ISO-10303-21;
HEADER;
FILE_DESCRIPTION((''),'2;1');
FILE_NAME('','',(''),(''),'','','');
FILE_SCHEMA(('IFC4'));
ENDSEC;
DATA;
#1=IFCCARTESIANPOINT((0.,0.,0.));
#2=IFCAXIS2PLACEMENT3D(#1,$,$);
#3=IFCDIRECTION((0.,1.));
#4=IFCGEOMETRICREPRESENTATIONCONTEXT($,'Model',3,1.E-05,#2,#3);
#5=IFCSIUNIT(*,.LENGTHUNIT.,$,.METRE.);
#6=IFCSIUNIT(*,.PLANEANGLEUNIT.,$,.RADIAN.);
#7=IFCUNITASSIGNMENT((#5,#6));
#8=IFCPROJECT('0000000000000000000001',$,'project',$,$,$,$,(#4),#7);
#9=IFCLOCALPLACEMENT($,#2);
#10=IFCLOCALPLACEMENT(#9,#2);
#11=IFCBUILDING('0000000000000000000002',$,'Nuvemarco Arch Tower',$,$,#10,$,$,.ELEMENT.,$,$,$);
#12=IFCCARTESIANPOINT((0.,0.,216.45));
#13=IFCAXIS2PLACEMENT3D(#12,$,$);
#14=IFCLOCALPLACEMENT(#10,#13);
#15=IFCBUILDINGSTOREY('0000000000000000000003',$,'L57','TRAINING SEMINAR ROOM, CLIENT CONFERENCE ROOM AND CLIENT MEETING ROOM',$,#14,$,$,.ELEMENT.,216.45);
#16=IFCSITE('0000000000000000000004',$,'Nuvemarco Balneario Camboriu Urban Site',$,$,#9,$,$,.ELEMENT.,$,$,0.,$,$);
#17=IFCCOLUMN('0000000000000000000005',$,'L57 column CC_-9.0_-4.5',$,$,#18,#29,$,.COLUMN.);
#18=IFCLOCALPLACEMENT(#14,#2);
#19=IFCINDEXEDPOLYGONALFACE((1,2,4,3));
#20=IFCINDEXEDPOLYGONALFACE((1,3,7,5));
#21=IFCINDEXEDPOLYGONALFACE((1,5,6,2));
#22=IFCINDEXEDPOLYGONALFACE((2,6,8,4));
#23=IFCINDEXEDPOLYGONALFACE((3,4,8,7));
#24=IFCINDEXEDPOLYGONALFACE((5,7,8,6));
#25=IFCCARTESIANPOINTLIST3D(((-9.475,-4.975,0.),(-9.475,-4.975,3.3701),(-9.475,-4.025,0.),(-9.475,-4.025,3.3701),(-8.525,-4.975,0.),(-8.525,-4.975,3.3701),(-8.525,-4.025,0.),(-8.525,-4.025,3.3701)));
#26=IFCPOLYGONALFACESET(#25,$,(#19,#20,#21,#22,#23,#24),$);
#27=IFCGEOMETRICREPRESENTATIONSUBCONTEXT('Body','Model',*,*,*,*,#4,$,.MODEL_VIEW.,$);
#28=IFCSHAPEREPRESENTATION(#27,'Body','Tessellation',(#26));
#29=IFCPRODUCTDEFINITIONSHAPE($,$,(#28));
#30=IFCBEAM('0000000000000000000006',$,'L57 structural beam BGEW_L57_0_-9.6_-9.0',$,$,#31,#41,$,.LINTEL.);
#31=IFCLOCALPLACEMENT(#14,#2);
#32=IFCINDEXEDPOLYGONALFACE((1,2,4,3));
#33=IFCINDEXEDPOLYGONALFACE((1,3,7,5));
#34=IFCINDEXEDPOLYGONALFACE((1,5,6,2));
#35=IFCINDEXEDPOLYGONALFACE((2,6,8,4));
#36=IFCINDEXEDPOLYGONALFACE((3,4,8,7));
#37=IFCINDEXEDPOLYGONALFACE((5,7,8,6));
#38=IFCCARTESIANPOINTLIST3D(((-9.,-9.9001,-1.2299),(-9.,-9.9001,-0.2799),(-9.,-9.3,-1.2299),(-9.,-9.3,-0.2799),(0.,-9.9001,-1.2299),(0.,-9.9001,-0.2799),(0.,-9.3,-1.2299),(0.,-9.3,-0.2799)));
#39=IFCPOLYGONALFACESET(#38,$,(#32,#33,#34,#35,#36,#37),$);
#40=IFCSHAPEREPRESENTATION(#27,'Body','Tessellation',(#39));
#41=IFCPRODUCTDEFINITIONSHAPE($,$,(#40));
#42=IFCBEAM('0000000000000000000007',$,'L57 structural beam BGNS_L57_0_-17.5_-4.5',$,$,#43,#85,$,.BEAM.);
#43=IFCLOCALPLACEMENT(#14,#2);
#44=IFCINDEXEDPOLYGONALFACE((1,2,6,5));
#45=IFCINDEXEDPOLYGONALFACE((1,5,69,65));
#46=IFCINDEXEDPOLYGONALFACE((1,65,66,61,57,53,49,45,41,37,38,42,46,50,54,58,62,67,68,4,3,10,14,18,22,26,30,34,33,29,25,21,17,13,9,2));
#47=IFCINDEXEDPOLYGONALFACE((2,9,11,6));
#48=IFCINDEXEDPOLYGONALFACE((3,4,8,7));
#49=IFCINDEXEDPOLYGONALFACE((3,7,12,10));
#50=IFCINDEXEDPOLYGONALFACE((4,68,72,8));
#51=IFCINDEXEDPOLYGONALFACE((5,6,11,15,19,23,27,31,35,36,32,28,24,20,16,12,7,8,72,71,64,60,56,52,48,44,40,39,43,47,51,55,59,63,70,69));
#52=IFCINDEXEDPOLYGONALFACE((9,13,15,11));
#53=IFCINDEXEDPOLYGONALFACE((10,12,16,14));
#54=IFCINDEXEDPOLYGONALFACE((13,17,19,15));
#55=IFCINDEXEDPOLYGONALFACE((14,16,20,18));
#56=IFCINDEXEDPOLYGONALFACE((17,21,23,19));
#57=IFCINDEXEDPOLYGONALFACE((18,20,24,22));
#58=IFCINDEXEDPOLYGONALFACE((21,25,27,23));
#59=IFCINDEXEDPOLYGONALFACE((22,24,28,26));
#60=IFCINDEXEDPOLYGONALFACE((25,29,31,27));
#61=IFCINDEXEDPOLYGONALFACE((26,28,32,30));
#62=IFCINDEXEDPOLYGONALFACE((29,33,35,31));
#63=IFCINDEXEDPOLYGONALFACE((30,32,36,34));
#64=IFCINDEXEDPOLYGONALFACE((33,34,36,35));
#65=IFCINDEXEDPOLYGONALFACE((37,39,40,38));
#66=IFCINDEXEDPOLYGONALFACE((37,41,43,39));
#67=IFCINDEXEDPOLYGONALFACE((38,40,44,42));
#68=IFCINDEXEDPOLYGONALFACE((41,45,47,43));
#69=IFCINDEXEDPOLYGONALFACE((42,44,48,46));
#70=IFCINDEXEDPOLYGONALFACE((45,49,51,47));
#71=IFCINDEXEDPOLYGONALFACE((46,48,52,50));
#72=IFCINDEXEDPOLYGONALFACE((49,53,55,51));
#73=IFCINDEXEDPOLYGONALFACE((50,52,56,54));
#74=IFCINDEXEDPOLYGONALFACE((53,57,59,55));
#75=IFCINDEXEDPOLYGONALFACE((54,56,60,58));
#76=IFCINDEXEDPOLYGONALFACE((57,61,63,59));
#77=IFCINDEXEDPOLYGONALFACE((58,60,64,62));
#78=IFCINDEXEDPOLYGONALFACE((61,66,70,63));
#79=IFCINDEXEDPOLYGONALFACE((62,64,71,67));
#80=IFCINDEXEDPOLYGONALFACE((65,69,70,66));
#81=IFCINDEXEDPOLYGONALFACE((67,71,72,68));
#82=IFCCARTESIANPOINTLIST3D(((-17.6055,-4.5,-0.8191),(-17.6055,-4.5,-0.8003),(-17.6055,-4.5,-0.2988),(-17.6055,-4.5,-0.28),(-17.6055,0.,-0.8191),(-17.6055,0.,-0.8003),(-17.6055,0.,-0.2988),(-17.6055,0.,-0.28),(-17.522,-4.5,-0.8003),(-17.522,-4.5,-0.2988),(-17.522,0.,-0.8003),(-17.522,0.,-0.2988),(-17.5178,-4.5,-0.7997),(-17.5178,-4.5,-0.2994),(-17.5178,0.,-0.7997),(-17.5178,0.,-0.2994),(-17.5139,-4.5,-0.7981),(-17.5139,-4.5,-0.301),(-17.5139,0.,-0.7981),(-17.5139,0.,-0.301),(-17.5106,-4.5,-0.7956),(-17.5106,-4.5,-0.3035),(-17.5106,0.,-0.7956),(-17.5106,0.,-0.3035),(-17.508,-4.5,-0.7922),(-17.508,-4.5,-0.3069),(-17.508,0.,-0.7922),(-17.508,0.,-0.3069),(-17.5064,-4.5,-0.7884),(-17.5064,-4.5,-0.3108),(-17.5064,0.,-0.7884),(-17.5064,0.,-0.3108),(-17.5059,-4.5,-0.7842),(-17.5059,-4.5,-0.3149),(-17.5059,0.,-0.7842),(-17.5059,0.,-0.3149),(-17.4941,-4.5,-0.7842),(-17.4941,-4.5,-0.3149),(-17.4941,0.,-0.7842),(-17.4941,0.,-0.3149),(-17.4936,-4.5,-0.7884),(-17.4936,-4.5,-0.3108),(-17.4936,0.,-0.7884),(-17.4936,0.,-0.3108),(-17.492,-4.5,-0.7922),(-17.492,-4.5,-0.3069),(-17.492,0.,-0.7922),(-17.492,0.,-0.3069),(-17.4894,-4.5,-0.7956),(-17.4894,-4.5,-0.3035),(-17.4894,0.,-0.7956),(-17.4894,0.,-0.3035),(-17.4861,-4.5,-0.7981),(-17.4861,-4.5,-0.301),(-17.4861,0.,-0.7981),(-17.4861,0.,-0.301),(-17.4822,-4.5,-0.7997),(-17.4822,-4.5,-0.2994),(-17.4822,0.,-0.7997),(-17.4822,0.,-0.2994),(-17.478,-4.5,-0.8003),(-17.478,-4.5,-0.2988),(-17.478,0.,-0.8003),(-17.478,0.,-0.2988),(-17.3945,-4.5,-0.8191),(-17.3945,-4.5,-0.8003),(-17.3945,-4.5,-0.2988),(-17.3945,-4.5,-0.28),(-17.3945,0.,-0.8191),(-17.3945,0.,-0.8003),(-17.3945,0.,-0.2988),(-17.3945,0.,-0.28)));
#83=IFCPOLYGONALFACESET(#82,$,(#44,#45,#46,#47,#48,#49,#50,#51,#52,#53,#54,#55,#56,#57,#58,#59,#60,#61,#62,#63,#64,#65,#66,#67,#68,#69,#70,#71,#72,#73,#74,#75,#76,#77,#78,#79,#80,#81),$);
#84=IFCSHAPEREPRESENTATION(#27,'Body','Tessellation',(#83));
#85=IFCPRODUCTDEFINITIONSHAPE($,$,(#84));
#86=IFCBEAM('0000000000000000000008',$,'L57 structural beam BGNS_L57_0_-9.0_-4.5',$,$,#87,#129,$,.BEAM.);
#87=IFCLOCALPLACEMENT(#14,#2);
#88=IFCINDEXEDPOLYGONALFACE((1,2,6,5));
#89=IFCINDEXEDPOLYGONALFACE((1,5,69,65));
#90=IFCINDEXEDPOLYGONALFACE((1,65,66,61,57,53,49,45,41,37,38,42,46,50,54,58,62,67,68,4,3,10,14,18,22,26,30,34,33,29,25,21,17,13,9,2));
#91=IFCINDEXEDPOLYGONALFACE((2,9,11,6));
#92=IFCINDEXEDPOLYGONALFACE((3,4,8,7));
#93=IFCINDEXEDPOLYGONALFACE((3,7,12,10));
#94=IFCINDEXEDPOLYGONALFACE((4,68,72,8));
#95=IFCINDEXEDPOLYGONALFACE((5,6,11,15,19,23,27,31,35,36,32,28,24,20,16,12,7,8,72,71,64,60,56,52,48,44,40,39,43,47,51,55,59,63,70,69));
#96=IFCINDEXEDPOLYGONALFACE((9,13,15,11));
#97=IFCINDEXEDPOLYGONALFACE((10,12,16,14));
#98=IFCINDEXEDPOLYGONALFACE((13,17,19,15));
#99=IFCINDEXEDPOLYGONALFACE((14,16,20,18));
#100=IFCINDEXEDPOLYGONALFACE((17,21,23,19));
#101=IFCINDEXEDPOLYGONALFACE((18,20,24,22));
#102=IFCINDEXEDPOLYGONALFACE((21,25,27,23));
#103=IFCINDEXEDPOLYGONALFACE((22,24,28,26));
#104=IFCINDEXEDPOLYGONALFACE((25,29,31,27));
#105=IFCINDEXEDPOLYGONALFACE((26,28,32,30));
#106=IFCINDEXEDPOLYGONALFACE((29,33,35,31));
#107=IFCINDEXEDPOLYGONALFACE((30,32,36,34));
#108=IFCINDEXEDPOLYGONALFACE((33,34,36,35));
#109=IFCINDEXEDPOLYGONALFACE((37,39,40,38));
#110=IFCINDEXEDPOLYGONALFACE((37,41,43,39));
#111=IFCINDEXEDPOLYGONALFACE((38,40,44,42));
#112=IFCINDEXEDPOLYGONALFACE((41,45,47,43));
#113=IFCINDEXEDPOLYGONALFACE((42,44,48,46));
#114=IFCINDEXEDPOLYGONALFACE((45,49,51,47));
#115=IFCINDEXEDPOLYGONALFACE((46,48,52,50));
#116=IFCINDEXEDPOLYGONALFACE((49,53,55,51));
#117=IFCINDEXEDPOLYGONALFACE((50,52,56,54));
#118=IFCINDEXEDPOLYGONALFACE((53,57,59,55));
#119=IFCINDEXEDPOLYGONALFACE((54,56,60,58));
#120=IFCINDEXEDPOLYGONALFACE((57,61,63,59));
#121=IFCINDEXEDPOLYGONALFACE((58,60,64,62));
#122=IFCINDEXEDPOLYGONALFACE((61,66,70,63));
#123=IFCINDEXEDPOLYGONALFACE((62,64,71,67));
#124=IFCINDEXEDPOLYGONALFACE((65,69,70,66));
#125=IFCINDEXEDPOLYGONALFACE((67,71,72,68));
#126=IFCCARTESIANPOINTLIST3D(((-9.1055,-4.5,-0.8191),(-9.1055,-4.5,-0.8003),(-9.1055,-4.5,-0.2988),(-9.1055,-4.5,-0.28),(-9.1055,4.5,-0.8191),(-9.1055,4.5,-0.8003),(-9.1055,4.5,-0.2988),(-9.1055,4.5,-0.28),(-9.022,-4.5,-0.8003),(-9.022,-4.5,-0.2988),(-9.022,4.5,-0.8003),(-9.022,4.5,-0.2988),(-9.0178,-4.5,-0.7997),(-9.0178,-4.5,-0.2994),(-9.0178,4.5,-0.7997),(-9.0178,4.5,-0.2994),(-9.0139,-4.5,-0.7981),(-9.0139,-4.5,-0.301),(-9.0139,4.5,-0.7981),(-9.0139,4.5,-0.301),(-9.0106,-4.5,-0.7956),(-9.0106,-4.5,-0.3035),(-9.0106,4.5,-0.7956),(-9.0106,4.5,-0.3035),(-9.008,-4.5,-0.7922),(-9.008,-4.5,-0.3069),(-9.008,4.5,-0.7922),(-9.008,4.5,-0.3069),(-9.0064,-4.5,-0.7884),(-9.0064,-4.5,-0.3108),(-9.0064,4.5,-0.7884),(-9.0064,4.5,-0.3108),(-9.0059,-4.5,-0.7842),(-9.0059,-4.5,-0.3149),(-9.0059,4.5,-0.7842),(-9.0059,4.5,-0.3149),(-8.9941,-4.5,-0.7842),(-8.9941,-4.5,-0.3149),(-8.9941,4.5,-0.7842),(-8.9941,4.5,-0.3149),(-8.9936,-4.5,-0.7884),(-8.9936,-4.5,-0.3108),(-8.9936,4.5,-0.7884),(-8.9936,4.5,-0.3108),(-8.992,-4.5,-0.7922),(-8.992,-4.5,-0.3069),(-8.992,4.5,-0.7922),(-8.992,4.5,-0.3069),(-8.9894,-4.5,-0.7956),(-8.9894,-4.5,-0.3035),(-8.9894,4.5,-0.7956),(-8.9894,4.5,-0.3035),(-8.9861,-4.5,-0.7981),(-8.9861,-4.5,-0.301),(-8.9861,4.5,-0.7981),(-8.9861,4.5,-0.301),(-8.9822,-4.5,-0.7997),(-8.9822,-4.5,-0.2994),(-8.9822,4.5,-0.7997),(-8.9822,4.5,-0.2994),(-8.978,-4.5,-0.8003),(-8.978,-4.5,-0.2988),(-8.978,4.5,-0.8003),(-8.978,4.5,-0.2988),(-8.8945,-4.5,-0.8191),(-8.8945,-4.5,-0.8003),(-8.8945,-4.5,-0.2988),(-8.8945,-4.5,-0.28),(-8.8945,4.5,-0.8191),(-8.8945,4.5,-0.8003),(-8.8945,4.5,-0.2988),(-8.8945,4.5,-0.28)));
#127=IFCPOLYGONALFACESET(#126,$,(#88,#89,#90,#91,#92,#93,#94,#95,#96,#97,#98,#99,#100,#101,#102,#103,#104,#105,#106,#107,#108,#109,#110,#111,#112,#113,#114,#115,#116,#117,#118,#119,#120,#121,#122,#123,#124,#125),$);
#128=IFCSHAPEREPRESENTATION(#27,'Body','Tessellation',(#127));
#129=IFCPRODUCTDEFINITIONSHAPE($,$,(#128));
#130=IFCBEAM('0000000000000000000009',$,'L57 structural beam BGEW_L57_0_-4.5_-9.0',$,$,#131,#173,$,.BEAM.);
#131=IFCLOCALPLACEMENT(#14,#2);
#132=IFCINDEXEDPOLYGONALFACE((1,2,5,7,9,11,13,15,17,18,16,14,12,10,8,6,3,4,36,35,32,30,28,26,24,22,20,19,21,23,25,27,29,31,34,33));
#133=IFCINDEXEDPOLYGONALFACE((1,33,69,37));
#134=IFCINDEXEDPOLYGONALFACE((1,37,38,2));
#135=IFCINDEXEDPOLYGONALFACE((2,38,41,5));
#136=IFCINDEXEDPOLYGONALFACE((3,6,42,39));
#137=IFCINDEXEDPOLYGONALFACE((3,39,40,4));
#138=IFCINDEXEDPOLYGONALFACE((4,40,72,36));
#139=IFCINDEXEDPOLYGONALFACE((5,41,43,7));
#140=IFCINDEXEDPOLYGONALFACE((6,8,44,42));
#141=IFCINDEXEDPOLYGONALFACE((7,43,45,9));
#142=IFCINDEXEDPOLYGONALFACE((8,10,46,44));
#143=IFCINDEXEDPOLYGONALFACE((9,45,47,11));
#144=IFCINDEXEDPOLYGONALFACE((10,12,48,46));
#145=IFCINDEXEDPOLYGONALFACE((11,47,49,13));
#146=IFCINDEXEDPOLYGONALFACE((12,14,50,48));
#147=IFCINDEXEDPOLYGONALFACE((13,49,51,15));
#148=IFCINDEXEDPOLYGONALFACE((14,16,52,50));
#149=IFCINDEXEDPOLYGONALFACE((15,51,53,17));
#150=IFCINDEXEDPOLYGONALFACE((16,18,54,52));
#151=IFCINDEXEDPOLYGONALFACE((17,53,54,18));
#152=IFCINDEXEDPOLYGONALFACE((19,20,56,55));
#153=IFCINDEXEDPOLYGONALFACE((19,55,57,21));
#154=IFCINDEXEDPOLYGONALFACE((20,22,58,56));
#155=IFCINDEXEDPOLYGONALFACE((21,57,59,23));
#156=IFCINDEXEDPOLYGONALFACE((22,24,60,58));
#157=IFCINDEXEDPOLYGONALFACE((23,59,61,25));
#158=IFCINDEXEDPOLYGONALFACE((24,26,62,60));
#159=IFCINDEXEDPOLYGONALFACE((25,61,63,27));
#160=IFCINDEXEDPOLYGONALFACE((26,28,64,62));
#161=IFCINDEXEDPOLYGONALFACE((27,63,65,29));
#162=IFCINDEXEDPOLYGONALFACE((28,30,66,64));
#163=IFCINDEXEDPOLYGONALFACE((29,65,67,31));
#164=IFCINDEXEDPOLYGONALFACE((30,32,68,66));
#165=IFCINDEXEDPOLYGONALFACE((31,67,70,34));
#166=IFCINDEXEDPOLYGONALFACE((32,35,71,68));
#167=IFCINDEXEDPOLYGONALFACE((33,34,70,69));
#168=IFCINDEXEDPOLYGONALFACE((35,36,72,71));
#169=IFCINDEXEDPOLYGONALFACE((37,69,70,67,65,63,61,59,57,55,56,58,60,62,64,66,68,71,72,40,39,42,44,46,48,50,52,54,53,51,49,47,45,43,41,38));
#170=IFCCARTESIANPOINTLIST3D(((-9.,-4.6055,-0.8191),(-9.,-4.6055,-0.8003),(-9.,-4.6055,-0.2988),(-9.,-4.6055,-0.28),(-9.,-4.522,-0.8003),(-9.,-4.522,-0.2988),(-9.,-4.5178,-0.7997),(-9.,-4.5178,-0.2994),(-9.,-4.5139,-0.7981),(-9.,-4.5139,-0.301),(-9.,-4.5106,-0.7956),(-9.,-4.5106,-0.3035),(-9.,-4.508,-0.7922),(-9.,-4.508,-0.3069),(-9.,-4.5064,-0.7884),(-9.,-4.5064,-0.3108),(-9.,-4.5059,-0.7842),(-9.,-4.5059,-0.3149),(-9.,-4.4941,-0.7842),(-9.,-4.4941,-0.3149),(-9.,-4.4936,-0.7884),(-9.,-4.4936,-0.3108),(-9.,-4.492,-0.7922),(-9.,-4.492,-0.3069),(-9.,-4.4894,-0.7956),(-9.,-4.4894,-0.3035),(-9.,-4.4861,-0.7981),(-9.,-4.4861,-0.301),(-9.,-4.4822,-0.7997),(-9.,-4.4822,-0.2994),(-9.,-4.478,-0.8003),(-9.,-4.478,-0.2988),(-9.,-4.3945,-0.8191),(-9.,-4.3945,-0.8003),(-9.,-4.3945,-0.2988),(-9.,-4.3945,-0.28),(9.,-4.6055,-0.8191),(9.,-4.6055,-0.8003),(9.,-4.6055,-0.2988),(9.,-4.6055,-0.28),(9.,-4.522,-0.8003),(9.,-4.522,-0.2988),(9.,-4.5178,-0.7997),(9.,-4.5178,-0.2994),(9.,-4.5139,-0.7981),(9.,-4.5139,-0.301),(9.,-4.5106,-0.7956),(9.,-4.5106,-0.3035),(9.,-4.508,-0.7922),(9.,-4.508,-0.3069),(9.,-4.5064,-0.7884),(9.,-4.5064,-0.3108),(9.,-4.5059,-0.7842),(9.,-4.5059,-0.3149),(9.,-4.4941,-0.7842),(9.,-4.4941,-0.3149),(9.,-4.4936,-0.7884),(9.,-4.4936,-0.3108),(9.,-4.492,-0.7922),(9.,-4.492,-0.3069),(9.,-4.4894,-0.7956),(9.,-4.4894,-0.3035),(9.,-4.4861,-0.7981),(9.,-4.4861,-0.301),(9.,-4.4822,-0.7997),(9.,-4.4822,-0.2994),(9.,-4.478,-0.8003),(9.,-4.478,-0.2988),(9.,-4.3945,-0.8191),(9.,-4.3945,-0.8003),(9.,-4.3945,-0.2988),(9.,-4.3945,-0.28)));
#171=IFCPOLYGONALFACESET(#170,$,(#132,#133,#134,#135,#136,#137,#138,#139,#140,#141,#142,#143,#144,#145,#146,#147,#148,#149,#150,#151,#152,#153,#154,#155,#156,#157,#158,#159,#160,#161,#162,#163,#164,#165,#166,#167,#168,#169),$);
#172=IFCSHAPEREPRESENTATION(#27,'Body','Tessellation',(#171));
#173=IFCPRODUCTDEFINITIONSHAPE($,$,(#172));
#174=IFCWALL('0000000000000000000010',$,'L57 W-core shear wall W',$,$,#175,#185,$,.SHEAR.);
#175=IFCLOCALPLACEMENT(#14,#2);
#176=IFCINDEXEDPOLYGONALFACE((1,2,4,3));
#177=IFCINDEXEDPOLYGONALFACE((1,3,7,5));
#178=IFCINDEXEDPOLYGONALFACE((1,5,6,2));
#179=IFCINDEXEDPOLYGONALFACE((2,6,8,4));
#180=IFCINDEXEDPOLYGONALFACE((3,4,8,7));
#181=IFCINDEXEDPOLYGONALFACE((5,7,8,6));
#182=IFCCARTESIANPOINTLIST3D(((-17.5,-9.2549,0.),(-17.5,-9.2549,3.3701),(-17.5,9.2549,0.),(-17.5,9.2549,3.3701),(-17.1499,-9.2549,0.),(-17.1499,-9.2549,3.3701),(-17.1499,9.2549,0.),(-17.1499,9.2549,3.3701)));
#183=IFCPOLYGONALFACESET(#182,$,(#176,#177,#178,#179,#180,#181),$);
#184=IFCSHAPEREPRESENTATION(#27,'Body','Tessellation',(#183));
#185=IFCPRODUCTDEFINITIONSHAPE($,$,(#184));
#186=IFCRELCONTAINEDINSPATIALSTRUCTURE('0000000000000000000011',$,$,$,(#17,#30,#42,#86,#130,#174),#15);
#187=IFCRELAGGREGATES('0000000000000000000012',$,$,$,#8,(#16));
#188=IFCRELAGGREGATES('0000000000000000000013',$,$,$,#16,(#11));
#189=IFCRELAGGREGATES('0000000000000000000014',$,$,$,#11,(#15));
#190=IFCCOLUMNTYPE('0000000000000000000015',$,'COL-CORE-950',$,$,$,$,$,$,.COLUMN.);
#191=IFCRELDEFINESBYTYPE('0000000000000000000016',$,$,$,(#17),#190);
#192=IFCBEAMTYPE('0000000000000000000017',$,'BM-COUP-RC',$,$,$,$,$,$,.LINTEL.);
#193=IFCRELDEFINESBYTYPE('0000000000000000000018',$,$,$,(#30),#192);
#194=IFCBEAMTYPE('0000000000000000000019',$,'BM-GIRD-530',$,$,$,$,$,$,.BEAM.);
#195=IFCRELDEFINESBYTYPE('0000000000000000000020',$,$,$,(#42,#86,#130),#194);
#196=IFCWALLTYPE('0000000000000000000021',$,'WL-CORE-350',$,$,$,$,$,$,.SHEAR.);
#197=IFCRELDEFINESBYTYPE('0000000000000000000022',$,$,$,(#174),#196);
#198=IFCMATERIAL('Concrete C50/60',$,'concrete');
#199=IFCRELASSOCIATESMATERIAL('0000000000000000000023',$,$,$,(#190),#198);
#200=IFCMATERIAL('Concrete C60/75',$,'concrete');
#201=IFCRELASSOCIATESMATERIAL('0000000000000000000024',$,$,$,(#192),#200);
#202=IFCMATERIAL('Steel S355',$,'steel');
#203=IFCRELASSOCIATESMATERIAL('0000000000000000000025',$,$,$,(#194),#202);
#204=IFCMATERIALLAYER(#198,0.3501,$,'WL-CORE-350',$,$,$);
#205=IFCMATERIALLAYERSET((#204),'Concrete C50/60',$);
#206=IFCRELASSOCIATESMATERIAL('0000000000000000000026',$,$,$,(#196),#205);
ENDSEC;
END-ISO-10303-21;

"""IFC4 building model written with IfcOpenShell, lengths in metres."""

from ifc_helpers import new_model, si_unit, direction, frame, frame_2d, origin, origin_2d, place, context, subcontext, project, spatial, rectangle, i_section, extrude, material, layer, layer_set, material_profile, profile_set, type_object, element, save


model = new_model("IFC4")

# Units and contexts
model_context = context("Model", 3, precision=1e-05, world=origin(), true_north=direction((0.0, 1.0)))
body_context = subcontext(model_context, "Body", "Model", "MODEL_VIEW")
ifc_project = project(units=[si_unit("LENGTHUNIT", "METRE"), si_unit("PLANEANGLEUNIT", "RADIAN")], contexts=[model_context])

# Site, building, storey
site_placement = place(None, origin())
site = spatial("IfcSite", under=ifc_project, at=site_placement, Name="Nuvemarco Balneario Camboriu Urban Site", CompositionType="ELEMENT", RefElevation=0.0)
building_placement = place(site_placement, origin())
building = spatial("IfcBuilding", under=site, at=building_placement, Name="Nuvemarco Arch Tower", CompositionType="ELEMENT")
storey_placement = place(building_placement, frame((0.0, 0.0, 216.45)))
storey = spatial("IfcBuildingStorey", under=building, at=storey_placement, Name="L57", Description="TRAINING SEMINAR ROOM, CLIENT CONFERENCE ROOM AND CLIENT MEETING ROOM", CompositionType="ELEMENT", Elevation=216.45)

# Column
ifc_material_1 = material(Name="Concrete C50/60", Category="concrete")
ifc_material_profile_1 = material_profile(ifc_material_1, rectangle(XDim=0.95, YDim=0.95, at=origin_2d()), Name="RC-COL-950x950")
ifc_profile_set_1 = profile_set([ifc_material_profile_1], Name="Concrete C50/60")
column_type = type_object("IfcColumnType", Name="COL-CORE-950", PredefinedType="COLUMN", material=ifc_profile_set_1)
column_placement = place(storey_placement, frame((-9.0, -4.5, 0.0), z_axis=(0.0, 0.0, 1.0), x_axis=(1.0, 0.0, 0.0)))
element("IfcColumn", 1, at=column_placement, inside=storey, type_object=column_type, Name="L57 column CC_-9.0_-4.5", PredefinedType="COLUMN", context=body_context, shape_type="SweptSolid", body=[
    extrude(rectangle(XDim=0.95, YDim=0.95, at=origin_2d()), origin(), (0.0, 0.0, 1.0), 3.3701),
])

# Beams
ifc_material_2 = material(Name="Concrete C60/75", Category="concrete")
ifc_material_profile_2 = material_profile(ifc_material_2, rectangle(XDim=0.6001, YDim=0.95, at=origin_2d()), Name="RC-BM-600x950")
ifc_profile_set_2 = profile_set([ifc_material_profile_2], Name="Concrete C60/75")
beam_type_1 = type_object("IfcBeamType", Name="BM-COUP-RC", PredefinedType="LINTEL", material=ifc_profile_set_2)
beam_1_placement = place(storey_placement, frame((-9.0, -9.6001, -0.7549), z_axis=(1.0, 0.0, 0.0), x_axis=(0.0, 1.0, 0.0)))
element("IfcBeam", 2, at=beam_1_placement, inside=storey, type_object=beam_type_1, Name="L57 structural beam BGEW_L57_0_-9.6_-9.0", PredefinedType="LINTEL", context=body_context, shape_type="SweptSolid", body=[
    extrude(rectangle(XDim=0.6001, YDim=0.95, at=origin_2d()), origin(), (0.0, 0.0, 1.0), 9.0),
])
ifc_material_3 = material(Name="Steel S355", Category="steel")
ifc_material_profile_3 = material_profile(ifc_material_3, i_section(OverallWidth=0.2109, OverallDepth=0.5391, WebThickness=0.0117, FlangeThickness=0.0188, FilletRadius=0.0161, at=origin_2d()), Name="W530x109")
ifc_profile_set_3 = profile_set([ifc_material_profile_3], Name="Steel S355")
beam_type_2 = type_object("IfcBeamType", Name="BM-GIRD-530", PredefinedType="BEAM", material=ifc_profile_set_3)
beam_2_placement = place(storey_placement, frame((-17.5, -4.5, -0.5496), z_axis=(0.0, 1.0, 0.0), x_axis=(-1.0, 0.0, 0.0)))
element("IfcBeam", 3, at=beam_2_placement, inside=storey, type_object=beam_type_2, Name="L57 structural beam BGNS_L57_0_-17.5_-4.5", PredefinedType="BEAM", context=body_context, shape_type="SweptSolid", body=[
    extrude(i_section(OverallWidth=0.2109, OverallDepth=0.5391, WebThickness=0.0117, FlangeThickness=0.0188, FilletRadius=0.0161, at=origin_2d()), origin(), (0.0, 0.0, 1.0), 4.5),
])
beam_3_placement = place(storey_placement, frame((-9.0, -4.5, -0.5496), z_axis=(0.0, 1.0, 0.0), x_axis=(-1.0, 0.0, 0.0)))
element("IfcBeam", 4, at=beam_3_placement, inside=storey, type_object=beam_type_2, Name="L57 structural beam BGNS_L57_0_-9.0_-4.5", PredefinedType="BEAM", context=body_context, shape_type="SweptSolid", body=[
    extrude(i_section(OverallWidth=0.2109, OverallDepth=0.5391, WebThickness=0.0117, FlangeThickness=0.0188, FilletRadius=0.0161, at=origin_2d()), origin(), (0.0, 0.0, 1.0), 9.0),
])
beam_4_placement = place(storey_placement, frame((-9.0, -4.5, -0.5496), z_axis=(1.0, 0.0, 0.0), x_axis=(0.0, 1.0, 0.0)))
element("IfcBeam", 5, at=beam_4_placement, inside=storey, type_object=beam_type_2, Name="L57 structural beam BGEW_L57_0_-4.5_-9.0", PredefinedType="BEAM", context=body_context, shape_type="SweptSolid", body=[
    extrude(i_section(OverallWidth=0.2109, OverallDepth=0.5391, WebThickness=0.0117, FlangeThickness=0.0188, FilletRadius=0.0161, at=origin_2d()), origin(), (0.0, 0.0, 1.0), 18.0),
])

# Wall
ifc_layer_1 = layer(ifc_material_1, 0.3501, Name="WL-CORE-350")
ifc_layer_set_1 = layer_set([ifc_layer_1], Name="Concrete C50/60")
wall_type_1 = type_object("IfcWallType", Name="WL-CORE-350", PredefinedType="SHEAR", material=ifc_layer_set_1)
wall_1_placement = place(storey_placement, frame((-17.325, -9.2549, 0.0), z_axis=(0.0, 0.0, 1.0), x_axis=(0.0, 1.0, 0.0)))
element("IfcWall", 6, at=wall_1_placement, inside=storey, type_object=wall_type_1, Name="L57 W-core shear wall W", PredefinedType="SHEAR", context=body_context, shape_type="SweptSolid", body=[
    extrude(rectangle(XDim=18.5098, YDim=0.3501, at=frame_2d((9.2549, 0.0))), origin(), (0.0, 0.0, 1.0), 3.3701),
])

save(model, "model.ifc")
